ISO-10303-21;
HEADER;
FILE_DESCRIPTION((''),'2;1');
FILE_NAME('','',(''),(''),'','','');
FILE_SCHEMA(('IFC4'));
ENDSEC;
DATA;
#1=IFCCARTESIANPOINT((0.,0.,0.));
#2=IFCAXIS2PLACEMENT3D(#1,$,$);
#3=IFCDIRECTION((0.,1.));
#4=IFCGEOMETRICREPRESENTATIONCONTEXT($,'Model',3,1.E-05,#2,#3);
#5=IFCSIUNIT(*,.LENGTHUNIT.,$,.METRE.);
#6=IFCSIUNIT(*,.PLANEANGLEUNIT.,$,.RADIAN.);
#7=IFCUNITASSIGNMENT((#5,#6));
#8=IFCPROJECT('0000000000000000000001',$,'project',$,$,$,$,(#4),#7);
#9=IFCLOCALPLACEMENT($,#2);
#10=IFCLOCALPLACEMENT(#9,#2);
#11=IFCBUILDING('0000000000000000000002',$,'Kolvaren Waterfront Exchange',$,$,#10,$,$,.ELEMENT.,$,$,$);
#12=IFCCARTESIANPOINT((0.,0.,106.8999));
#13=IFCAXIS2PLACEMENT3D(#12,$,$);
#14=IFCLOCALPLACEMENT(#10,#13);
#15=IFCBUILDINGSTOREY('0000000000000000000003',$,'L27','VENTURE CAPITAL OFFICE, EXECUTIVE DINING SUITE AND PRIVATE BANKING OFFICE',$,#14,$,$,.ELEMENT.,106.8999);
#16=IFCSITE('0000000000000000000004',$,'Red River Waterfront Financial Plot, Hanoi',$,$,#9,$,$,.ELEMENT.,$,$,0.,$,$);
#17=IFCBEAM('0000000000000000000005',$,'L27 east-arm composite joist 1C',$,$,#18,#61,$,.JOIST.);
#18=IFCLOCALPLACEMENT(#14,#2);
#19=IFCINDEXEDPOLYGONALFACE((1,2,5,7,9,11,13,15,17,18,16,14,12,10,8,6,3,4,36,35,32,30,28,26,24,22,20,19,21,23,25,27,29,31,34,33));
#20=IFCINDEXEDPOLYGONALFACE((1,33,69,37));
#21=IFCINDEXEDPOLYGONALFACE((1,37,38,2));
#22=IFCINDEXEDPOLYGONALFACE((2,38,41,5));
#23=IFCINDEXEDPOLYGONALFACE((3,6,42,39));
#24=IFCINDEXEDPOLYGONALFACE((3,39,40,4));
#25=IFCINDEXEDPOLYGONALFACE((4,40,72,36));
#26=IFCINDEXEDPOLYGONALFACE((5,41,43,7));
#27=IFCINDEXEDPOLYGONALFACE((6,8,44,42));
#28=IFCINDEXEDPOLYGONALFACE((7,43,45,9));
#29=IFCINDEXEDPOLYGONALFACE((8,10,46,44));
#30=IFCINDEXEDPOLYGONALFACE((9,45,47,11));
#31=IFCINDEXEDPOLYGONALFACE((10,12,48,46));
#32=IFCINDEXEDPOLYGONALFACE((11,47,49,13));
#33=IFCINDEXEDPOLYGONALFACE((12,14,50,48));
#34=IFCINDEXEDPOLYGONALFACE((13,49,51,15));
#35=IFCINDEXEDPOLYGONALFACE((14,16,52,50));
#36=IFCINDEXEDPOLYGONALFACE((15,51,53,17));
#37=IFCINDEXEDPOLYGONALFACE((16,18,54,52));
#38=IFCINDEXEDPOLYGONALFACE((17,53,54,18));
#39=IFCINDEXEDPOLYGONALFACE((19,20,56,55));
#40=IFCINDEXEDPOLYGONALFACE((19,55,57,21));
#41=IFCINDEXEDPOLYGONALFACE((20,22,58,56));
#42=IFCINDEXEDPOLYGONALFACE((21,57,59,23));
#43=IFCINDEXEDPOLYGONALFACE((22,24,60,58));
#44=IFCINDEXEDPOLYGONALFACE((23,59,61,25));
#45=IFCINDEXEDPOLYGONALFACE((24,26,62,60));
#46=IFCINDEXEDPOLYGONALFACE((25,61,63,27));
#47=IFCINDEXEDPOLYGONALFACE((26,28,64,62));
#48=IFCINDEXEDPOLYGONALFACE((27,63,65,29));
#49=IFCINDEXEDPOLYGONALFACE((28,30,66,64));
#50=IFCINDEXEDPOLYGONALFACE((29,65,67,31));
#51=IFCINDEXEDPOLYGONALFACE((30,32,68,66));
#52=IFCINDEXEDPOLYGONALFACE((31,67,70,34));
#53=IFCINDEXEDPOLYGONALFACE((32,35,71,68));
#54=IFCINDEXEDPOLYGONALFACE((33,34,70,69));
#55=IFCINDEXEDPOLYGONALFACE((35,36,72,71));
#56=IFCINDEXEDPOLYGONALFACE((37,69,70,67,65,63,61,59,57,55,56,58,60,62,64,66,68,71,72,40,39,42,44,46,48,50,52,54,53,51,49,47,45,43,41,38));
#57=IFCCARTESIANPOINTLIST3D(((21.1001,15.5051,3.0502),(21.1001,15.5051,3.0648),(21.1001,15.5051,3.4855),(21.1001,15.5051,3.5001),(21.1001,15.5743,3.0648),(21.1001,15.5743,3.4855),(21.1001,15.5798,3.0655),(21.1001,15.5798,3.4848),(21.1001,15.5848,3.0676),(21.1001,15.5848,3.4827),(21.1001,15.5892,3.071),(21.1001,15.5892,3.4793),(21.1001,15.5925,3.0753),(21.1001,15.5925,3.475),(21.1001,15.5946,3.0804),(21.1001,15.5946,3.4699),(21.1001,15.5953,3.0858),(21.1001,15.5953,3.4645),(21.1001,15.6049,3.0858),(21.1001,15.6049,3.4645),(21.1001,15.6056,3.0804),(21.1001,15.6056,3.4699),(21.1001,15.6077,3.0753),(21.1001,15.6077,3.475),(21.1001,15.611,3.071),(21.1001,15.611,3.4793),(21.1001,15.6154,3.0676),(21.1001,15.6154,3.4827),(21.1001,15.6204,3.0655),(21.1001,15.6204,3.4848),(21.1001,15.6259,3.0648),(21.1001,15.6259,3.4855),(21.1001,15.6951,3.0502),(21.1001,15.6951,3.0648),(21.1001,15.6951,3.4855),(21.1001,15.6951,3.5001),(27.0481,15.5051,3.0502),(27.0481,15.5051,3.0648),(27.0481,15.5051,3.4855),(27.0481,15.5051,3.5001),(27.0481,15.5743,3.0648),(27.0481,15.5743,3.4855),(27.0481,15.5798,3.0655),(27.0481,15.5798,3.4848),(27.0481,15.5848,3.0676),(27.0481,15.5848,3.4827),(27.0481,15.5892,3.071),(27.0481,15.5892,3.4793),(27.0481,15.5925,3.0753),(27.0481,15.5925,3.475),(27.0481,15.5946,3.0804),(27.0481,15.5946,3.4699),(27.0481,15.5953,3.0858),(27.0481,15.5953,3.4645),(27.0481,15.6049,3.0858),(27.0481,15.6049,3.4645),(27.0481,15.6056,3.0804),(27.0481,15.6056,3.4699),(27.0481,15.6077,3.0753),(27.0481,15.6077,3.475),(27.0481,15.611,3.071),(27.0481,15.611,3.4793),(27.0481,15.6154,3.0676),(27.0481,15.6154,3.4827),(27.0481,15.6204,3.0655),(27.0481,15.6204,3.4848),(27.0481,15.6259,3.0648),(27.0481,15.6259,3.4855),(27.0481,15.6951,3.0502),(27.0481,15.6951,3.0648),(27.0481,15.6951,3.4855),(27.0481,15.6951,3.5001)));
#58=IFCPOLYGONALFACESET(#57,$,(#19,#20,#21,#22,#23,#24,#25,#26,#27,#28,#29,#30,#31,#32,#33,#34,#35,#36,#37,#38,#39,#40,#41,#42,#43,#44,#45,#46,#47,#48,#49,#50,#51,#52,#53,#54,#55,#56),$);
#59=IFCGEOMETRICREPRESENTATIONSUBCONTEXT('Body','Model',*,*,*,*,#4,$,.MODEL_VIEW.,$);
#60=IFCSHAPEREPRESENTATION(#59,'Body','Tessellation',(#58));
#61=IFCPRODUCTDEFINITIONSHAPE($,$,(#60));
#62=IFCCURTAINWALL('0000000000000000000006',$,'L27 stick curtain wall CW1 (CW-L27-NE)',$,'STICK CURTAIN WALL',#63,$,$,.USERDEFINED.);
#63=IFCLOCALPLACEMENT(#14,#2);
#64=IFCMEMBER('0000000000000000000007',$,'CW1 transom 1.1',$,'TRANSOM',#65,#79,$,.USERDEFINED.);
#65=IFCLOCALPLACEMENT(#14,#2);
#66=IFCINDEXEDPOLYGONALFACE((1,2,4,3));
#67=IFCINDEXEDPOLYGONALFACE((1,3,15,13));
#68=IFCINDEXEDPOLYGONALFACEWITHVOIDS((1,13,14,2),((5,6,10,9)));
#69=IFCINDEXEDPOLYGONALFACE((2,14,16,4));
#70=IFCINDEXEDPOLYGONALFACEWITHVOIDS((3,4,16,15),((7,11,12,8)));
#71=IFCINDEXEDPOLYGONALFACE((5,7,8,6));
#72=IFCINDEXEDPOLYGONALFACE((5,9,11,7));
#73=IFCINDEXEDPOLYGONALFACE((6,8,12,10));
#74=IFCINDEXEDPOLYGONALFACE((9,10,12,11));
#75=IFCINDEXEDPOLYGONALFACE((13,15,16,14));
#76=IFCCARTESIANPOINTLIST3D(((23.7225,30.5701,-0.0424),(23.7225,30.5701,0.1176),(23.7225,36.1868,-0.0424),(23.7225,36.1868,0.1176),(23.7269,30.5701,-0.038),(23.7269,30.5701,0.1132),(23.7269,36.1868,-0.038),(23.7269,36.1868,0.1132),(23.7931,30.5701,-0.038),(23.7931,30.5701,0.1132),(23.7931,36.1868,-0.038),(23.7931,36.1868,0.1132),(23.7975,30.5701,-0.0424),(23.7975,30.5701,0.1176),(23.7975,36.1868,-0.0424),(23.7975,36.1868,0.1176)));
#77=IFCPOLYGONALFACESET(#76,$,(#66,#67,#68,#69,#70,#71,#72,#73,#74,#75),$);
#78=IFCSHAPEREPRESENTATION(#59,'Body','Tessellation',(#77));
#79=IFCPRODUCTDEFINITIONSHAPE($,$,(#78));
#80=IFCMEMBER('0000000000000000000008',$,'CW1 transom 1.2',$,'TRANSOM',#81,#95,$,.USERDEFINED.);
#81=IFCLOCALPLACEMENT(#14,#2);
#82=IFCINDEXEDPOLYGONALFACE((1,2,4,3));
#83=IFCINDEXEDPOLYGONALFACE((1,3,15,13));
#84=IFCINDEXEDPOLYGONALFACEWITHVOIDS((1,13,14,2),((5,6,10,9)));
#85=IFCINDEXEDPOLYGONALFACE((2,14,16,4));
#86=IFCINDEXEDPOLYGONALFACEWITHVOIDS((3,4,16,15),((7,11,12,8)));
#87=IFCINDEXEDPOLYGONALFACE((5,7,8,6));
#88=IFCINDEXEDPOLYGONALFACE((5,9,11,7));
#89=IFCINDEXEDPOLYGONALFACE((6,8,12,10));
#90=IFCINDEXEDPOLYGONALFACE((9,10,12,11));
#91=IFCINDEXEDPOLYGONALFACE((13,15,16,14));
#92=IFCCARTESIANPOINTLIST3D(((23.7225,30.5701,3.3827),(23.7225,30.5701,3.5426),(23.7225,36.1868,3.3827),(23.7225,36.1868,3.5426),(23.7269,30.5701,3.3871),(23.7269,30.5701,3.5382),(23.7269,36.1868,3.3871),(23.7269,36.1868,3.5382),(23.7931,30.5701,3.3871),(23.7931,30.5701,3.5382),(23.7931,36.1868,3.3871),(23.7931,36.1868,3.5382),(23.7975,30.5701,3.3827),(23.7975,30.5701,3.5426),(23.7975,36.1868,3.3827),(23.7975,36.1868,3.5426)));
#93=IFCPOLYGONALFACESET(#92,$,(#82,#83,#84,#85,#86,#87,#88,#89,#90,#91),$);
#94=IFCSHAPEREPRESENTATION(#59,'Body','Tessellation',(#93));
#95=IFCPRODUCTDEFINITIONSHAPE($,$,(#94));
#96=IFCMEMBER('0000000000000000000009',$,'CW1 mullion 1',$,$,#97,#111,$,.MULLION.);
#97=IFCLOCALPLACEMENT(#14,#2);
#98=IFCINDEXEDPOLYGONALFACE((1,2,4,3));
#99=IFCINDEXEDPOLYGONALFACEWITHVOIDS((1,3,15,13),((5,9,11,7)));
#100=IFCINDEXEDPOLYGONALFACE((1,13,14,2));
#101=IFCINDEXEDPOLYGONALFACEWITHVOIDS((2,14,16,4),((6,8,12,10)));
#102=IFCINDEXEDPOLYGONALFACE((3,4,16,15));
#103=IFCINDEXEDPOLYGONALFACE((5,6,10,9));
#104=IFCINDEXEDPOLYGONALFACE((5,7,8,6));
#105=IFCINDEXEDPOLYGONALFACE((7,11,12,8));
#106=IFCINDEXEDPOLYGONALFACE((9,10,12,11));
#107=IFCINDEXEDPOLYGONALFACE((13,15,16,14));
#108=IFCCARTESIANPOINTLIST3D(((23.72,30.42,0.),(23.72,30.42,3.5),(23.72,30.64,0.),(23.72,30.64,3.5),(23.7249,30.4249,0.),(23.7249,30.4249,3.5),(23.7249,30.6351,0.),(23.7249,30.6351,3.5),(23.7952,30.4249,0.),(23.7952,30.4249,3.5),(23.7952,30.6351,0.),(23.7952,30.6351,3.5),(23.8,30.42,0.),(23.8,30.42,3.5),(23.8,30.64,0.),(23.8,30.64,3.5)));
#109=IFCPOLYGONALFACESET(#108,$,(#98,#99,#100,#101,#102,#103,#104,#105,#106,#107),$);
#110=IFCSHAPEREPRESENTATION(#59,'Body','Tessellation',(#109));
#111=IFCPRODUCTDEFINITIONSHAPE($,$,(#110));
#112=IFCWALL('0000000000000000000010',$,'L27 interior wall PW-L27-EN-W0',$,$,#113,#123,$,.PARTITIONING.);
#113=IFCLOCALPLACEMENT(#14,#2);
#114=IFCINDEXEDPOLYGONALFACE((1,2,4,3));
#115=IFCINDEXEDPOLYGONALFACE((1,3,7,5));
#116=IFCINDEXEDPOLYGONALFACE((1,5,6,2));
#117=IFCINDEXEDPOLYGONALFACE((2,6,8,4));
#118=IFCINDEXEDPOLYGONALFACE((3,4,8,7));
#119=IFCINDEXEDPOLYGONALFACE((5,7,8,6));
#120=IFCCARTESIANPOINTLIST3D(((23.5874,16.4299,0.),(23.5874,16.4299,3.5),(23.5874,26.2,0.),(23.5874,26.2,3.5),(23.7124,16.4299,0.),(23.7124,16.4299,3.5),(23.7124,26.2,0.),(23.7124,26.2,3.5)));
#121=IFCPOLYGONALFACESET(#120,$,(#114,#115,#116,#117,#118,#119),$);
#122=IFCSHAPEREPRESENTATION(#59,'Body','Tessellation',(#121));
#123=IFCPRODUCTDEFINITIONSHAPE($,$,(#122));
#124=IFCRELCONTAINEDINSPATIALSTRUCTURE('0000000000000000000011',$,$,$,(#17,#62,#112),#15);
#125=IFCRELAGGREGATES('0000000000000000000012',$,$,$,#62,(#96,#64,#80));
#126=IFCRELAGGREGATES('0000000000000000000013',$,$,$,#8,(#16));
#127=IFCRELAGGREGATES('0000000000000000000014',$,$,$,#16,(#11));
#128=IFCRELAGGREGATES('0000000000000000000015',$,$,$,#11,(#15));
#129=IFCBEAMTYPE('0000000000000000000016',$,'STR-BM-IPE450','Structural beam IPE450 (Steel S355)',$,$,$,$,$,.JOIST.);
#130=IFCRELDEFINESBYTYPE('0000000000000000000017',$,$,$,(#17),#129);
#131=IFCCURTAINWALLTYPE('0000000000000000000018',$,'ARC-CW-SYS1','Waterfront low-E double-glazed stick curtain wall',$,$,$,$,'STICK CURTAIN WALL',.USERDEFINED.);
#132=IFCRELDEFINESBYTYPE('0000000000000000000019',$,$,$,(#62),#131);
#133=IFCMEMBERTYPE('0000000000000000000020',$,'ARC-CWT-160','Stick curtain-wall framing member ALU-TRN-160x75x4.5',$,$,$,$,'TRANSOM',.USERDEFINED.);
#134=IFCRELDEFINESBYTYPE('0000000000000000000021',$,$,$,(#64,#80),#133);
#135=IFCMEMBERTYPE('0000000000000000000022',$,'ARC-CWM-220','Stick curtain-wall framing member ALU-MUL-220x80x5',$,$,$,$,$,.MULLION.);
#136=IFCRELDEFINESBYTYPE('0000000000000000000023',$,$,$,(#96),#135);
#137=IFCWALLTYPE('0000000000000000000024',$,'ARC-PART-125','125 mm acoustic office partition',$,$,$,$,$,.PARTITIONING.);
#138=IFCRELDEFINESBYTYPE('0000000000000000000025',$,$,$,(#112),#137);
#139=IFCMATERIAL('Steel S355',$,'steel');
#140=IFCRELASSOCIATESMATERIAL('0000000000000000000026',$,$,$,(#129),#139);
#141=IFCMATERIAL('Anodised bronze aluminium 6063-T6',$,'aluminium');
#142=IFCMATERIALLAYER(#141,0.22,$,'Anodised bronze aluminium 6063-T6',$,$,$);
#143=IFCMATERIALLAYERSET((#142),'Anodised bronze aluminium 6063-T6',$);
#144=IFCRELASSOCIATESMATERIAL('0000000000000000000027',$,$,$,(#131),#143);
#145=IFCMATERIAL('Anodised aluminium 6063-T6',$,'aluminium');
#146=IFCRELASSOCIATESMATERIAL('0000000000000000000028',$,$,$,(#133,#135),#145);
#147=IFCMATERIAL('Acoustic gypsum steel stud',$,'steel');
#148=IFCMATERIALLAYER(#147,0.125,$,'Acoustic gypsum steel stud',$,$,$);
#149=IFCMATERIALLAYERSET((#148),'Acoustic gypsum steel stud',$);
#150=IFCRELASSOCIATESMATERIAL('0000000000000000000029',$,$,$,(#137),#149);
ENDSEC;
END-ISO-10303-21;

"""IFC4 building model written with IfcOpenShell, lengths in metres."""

from ifc_helpers import new_model, si_unit, direction, frame, frame_2d, origin, origin_with_axes, origin_2d, place, context, subcontext, project, spatial, rectangle, hollow_rectangle, i_section, extrude, source, transform, mapped, material, layer, layer_set, material_profile, profile_set, type_object, element, aggregate, save


model = new_model("IFC4")

# Units and contexts
model_context = context("Model", 3, precision=1e-05, world=origin(), true_north=direction((0.0, 1.0)))
body_context = subcontext(model_context, "Body", "Model", "MODEL_VIEW")
ifc_project = project(units=[si_unit("LENGTHUNIT", "METRE"), si_unit("PLANEANGLEUNIT", "RADIAN")], contexts=[model_context])

# Site, building, storey
site_placement = place(None, origin())
site = spatial("IfcSite", under=ifc_project, at=site_placement, Name="Red River Waterfront Financial Plot, Hanoi", CompositionType="ELEMENT", RefElevation=0.0)
building_placement = place(site_placement, origin())
building = spatial("IfcBuilding", under=site, at=building_placement, Name="Kolvaren Waterfront Exchange", CompositionType="ELEMENT")
storey_placement = place(building_placement, frame((0.0, 0.0, 106.8999)))
storey = spatial("IfcBuildingStorey", under=building, at=storey_placement, Name="L27", Description="VENTURE CAPITAL OFFICE, EXECUTIVE DINING SUITE AND PRIVATE BANKING OFFICE", CompositionType="ELEMENT", Elevation=106.8999)

# Beam
ifc_material_1 = material(Name="Steel S355", Category="steel")
ifc_material_profile_1 = material_profile(ifc_material_1, i_section(OverallWidth=0.1899, OverallDepth=0.45, WebThickness=0.0095, FlangeThickness=0.0146, FilletRadius=0.021, at=origin_2d()), Name="IPE450")
ifc_profile_set_1 = profile_set([ifc_material_profile_1], Name="Steel S355")
beam_type_1 = type_object("IfcBeamType", Name="STR-BM-IPE450", Description="Structural beam IPE450 (Steel S355)", PredefinedType="JOIST", material=ifc_profile_set_1)
for number, where, z_axis, x_axis, name in (
    (1, (21.1001, 15.6001, 3.2751), (1.0, 0.0, 0.0), (0.0, 1.0, 0.0), "L27 east-arm composite joist 1C"),
):
    element("IfcBeam", number, at=place(storey_placement, frame(where, z_axis=z_axis, x_axis=x_axis)), inside=storey, type_object=beam_type_1, Name=name, PredefinedType="JOIST", context=body_context, shape_type="SweptSolid", body=[
        extrude(i_section(OverallWidth=0.1899, OverallDepth=0.45, WebThickness=0.0095, FlangeThickness=0.0146, FilletRadius=0.021, at=origin_2d()), origin(), (0.0, 0.0, 1.0), 5.948),
    ])

# Curtain wall, members
ifc_material_2 = material(Name="Anodised bronze aluminium 6063-T6", Category="aluminium")
ifc_layer_1 = layer(ifc_material_2, 0.22, Name="Anodised bronze aluminium 6063-T6")
ifc_layer_set_1 = layer_set([ifc_layer_1], Name="Anodised bronze aluminium 6063-T6")
curtain_wall_type = type_object("IfcCurtainWallType", Name="ARC-CW-SYS1", Description="Waterfront low-E double-glazed stick curtain wall", ElementType="STICK CURTAIN WALL", PredefinedType="USERDEFINED", material=ifc_layer_set_1)
curtain_wall_placement = place(storey_placement, origin())
curtain_wall = element("IfcCurtainWall", 2, at=curtain_wall_placement, inside=storey, type_object=curtain_wall_type, Name="L27 stick curtain wall CW1 (CW-L27-NE)", ObjectType="STICK CURTAIN WALL", PredefinedType="USERDEFINED")
ifc_material_3 = material(Name="Anodised aluminium 6063-T6", Category="aluminium")
ifc_material_profile_2 = material_profile(ifc_material_3, hollow_rectangle(XDim=0.075, YDim=0.1599, WallThickness=0.0044, at=origin_2d()), Name="ALU-TRN-160x75x4.5")
ifc_profile_set_2 = profile_set([ifc_material_profile_2], Name="Anodised aluminium 6063-T6")
member_type_1 = type_object("IfcMemberType", Name="ARC-CWT-160", Description="Stick curtain-wall framing member ALU-TRN-160x75x4.5", ElementType="TRANSOM", PredefinedType="USERDEFINED", material=ifc_profile_set_2)
shared_shape_1 = source(origin_with_axes(), body_context, "Body", "SweptSolid", [
    extrude(hollow_rectangle(XDim=0.075, YDim=0.1599, WallThickness=0.0044, at=origin_2d()), origin(), (0.0, 0.0, 1.0), 5.6167),
])
member_1_placement = place(storey_placement, frame((23.76, 30.5701, 0.0376), z_axis=(0.0, 1.0, 0.0), x_axis=(-1.0, 0.0, 0.0)))
member_1 = element("IfcMember", 3, at=member_1_placement, type_object=member_type_1, Name="CW1 transom 1.1", ObjectType="TRANSOM", PredefinedType="USERDEFINED", context=body_context, shape_type="MappedRepresentation", body=[
    mapped(shared_shape_1, transform((0.0, 0.0, 0.0), x_axis=(1.0, 0.0, 0.0), y_axis=(0.0, 1.0, 0.0), z_axis=(0.0, 0.0, 1.0), scale=1.0)),
])
member_2_placement = place(storey_placement, frame((23.76, 30.5701, 3.4626), z_axis=(0.0, 1.0, 0.0), x_axis=(-1.0, 0.0, 0.0)))
member_2 = element("IfcMember", 4, at=member_2_placement, type_object=member_type_1, Name="CW1 transom 1.2", ObjectType="TRANSOM", PredefinedType="USERDEFINED", context=body_context, shape_type="MappedRepresentation", body=[
    mapped(shared_shape_1, transform((0.0, 0.0, 0.0), x_axis=(1.0, 0.0, 0.0), y_axis=(0.0, 1.0, 0.0), z_axis=(0.0, 0.0, 1.0), scale=1.0)),
])
ifc_material_profile_3 = material_profile(ifc_material_3, hollow_rectangle(XDim=0.0801, YDim=0.22, WallThickness=0.0049, at=origin_2d()), Name="ALU-MUL-220x80x5")
ifc_profile_set_3 = profile_set([ifc_material_profile_3], Name="Anodised aluminium 6063-T6")
member_type_2 = type_object("IfcMemberType", Name="ARC-CWM-220", Description="Stick curtain-wall framing member ALU-MUL-220x80x5", PredefinedType="MULLION", material=ifc_profile_set_3)
shared_shape_2 = source(origin_with_axes(), body_context, "Body", "SweptSolid", [
    extrude(hollow_rectangle(XDim=0.0801, YDim=0.22, WallThickness=0.0049, at=origin_2d()), origin(), (0.0, 0.0, 1.0), 3.5),
])
member_3_placement = place(storey_placement, frame((23.76, 30.53, 0.0), z_axis=(0.0, 0.0, 1.0), x_axis=(-1.0, 0.0, 0.0)))
member_3 = element("IfcMember", 5, at=member_3_placement, type_object=member_type_2, Name="CW1 mullion 1", PredefinedType="MULLION", context=body_context, shape_type="MappedRepresentation", body=[
    mapped(shared_shape_2, transform((0.0, 0.0, 0.0), x_axis=(1.0, 0.0, 0.0), y_axis=(0.0, 1.0, 0.0), z_axis=(0.0, 0.0, 1.0), scale=1.0)),
])
aggregate(curtain_wall, [member_3, member_1, member_2])

# Wall
ifc_material_4 = material(Name="Acoustic gypsum steel stud", Category="steel")
ifc_layer_2 = layer(ifc_material_4, 0.125, Name="Acoustic gypsum steel stud")
ifc_layer_set_2 = layer_set([ifc_layer_2], Name="Acoustic gypsum steel stud")
wall_type_1 = type_object("IfcWallType", Name="ARC-PART-125", Description="125 mm acoustic office partition", PredefinedType="PARTITIONING", material=ifc_layer_set_2)
wall_1_placement = place(storey_placement, frame((23.6499, 16.4299, 0.0), z_axis=(0.0, 0.0, 1.0), x_axis=(0.0, 1.0, 0.0)))
element("IfcWall", 6, at=wall_1_placement, inside=storey, type_object=wall_type_1, Name="L27 interior wall PW-L27-EN-W0", PredefinedType="PARTITIONING", context=body_context, shape_type="SweptSolid", body=[
    extrude(rectangle(XDim=9.77, YDim=0.125, at=frame_2d((4.885, 0.0))), origin(), (0.0, 0.0, 1.0), 3.5),
])

save(model, "model.ifc")
